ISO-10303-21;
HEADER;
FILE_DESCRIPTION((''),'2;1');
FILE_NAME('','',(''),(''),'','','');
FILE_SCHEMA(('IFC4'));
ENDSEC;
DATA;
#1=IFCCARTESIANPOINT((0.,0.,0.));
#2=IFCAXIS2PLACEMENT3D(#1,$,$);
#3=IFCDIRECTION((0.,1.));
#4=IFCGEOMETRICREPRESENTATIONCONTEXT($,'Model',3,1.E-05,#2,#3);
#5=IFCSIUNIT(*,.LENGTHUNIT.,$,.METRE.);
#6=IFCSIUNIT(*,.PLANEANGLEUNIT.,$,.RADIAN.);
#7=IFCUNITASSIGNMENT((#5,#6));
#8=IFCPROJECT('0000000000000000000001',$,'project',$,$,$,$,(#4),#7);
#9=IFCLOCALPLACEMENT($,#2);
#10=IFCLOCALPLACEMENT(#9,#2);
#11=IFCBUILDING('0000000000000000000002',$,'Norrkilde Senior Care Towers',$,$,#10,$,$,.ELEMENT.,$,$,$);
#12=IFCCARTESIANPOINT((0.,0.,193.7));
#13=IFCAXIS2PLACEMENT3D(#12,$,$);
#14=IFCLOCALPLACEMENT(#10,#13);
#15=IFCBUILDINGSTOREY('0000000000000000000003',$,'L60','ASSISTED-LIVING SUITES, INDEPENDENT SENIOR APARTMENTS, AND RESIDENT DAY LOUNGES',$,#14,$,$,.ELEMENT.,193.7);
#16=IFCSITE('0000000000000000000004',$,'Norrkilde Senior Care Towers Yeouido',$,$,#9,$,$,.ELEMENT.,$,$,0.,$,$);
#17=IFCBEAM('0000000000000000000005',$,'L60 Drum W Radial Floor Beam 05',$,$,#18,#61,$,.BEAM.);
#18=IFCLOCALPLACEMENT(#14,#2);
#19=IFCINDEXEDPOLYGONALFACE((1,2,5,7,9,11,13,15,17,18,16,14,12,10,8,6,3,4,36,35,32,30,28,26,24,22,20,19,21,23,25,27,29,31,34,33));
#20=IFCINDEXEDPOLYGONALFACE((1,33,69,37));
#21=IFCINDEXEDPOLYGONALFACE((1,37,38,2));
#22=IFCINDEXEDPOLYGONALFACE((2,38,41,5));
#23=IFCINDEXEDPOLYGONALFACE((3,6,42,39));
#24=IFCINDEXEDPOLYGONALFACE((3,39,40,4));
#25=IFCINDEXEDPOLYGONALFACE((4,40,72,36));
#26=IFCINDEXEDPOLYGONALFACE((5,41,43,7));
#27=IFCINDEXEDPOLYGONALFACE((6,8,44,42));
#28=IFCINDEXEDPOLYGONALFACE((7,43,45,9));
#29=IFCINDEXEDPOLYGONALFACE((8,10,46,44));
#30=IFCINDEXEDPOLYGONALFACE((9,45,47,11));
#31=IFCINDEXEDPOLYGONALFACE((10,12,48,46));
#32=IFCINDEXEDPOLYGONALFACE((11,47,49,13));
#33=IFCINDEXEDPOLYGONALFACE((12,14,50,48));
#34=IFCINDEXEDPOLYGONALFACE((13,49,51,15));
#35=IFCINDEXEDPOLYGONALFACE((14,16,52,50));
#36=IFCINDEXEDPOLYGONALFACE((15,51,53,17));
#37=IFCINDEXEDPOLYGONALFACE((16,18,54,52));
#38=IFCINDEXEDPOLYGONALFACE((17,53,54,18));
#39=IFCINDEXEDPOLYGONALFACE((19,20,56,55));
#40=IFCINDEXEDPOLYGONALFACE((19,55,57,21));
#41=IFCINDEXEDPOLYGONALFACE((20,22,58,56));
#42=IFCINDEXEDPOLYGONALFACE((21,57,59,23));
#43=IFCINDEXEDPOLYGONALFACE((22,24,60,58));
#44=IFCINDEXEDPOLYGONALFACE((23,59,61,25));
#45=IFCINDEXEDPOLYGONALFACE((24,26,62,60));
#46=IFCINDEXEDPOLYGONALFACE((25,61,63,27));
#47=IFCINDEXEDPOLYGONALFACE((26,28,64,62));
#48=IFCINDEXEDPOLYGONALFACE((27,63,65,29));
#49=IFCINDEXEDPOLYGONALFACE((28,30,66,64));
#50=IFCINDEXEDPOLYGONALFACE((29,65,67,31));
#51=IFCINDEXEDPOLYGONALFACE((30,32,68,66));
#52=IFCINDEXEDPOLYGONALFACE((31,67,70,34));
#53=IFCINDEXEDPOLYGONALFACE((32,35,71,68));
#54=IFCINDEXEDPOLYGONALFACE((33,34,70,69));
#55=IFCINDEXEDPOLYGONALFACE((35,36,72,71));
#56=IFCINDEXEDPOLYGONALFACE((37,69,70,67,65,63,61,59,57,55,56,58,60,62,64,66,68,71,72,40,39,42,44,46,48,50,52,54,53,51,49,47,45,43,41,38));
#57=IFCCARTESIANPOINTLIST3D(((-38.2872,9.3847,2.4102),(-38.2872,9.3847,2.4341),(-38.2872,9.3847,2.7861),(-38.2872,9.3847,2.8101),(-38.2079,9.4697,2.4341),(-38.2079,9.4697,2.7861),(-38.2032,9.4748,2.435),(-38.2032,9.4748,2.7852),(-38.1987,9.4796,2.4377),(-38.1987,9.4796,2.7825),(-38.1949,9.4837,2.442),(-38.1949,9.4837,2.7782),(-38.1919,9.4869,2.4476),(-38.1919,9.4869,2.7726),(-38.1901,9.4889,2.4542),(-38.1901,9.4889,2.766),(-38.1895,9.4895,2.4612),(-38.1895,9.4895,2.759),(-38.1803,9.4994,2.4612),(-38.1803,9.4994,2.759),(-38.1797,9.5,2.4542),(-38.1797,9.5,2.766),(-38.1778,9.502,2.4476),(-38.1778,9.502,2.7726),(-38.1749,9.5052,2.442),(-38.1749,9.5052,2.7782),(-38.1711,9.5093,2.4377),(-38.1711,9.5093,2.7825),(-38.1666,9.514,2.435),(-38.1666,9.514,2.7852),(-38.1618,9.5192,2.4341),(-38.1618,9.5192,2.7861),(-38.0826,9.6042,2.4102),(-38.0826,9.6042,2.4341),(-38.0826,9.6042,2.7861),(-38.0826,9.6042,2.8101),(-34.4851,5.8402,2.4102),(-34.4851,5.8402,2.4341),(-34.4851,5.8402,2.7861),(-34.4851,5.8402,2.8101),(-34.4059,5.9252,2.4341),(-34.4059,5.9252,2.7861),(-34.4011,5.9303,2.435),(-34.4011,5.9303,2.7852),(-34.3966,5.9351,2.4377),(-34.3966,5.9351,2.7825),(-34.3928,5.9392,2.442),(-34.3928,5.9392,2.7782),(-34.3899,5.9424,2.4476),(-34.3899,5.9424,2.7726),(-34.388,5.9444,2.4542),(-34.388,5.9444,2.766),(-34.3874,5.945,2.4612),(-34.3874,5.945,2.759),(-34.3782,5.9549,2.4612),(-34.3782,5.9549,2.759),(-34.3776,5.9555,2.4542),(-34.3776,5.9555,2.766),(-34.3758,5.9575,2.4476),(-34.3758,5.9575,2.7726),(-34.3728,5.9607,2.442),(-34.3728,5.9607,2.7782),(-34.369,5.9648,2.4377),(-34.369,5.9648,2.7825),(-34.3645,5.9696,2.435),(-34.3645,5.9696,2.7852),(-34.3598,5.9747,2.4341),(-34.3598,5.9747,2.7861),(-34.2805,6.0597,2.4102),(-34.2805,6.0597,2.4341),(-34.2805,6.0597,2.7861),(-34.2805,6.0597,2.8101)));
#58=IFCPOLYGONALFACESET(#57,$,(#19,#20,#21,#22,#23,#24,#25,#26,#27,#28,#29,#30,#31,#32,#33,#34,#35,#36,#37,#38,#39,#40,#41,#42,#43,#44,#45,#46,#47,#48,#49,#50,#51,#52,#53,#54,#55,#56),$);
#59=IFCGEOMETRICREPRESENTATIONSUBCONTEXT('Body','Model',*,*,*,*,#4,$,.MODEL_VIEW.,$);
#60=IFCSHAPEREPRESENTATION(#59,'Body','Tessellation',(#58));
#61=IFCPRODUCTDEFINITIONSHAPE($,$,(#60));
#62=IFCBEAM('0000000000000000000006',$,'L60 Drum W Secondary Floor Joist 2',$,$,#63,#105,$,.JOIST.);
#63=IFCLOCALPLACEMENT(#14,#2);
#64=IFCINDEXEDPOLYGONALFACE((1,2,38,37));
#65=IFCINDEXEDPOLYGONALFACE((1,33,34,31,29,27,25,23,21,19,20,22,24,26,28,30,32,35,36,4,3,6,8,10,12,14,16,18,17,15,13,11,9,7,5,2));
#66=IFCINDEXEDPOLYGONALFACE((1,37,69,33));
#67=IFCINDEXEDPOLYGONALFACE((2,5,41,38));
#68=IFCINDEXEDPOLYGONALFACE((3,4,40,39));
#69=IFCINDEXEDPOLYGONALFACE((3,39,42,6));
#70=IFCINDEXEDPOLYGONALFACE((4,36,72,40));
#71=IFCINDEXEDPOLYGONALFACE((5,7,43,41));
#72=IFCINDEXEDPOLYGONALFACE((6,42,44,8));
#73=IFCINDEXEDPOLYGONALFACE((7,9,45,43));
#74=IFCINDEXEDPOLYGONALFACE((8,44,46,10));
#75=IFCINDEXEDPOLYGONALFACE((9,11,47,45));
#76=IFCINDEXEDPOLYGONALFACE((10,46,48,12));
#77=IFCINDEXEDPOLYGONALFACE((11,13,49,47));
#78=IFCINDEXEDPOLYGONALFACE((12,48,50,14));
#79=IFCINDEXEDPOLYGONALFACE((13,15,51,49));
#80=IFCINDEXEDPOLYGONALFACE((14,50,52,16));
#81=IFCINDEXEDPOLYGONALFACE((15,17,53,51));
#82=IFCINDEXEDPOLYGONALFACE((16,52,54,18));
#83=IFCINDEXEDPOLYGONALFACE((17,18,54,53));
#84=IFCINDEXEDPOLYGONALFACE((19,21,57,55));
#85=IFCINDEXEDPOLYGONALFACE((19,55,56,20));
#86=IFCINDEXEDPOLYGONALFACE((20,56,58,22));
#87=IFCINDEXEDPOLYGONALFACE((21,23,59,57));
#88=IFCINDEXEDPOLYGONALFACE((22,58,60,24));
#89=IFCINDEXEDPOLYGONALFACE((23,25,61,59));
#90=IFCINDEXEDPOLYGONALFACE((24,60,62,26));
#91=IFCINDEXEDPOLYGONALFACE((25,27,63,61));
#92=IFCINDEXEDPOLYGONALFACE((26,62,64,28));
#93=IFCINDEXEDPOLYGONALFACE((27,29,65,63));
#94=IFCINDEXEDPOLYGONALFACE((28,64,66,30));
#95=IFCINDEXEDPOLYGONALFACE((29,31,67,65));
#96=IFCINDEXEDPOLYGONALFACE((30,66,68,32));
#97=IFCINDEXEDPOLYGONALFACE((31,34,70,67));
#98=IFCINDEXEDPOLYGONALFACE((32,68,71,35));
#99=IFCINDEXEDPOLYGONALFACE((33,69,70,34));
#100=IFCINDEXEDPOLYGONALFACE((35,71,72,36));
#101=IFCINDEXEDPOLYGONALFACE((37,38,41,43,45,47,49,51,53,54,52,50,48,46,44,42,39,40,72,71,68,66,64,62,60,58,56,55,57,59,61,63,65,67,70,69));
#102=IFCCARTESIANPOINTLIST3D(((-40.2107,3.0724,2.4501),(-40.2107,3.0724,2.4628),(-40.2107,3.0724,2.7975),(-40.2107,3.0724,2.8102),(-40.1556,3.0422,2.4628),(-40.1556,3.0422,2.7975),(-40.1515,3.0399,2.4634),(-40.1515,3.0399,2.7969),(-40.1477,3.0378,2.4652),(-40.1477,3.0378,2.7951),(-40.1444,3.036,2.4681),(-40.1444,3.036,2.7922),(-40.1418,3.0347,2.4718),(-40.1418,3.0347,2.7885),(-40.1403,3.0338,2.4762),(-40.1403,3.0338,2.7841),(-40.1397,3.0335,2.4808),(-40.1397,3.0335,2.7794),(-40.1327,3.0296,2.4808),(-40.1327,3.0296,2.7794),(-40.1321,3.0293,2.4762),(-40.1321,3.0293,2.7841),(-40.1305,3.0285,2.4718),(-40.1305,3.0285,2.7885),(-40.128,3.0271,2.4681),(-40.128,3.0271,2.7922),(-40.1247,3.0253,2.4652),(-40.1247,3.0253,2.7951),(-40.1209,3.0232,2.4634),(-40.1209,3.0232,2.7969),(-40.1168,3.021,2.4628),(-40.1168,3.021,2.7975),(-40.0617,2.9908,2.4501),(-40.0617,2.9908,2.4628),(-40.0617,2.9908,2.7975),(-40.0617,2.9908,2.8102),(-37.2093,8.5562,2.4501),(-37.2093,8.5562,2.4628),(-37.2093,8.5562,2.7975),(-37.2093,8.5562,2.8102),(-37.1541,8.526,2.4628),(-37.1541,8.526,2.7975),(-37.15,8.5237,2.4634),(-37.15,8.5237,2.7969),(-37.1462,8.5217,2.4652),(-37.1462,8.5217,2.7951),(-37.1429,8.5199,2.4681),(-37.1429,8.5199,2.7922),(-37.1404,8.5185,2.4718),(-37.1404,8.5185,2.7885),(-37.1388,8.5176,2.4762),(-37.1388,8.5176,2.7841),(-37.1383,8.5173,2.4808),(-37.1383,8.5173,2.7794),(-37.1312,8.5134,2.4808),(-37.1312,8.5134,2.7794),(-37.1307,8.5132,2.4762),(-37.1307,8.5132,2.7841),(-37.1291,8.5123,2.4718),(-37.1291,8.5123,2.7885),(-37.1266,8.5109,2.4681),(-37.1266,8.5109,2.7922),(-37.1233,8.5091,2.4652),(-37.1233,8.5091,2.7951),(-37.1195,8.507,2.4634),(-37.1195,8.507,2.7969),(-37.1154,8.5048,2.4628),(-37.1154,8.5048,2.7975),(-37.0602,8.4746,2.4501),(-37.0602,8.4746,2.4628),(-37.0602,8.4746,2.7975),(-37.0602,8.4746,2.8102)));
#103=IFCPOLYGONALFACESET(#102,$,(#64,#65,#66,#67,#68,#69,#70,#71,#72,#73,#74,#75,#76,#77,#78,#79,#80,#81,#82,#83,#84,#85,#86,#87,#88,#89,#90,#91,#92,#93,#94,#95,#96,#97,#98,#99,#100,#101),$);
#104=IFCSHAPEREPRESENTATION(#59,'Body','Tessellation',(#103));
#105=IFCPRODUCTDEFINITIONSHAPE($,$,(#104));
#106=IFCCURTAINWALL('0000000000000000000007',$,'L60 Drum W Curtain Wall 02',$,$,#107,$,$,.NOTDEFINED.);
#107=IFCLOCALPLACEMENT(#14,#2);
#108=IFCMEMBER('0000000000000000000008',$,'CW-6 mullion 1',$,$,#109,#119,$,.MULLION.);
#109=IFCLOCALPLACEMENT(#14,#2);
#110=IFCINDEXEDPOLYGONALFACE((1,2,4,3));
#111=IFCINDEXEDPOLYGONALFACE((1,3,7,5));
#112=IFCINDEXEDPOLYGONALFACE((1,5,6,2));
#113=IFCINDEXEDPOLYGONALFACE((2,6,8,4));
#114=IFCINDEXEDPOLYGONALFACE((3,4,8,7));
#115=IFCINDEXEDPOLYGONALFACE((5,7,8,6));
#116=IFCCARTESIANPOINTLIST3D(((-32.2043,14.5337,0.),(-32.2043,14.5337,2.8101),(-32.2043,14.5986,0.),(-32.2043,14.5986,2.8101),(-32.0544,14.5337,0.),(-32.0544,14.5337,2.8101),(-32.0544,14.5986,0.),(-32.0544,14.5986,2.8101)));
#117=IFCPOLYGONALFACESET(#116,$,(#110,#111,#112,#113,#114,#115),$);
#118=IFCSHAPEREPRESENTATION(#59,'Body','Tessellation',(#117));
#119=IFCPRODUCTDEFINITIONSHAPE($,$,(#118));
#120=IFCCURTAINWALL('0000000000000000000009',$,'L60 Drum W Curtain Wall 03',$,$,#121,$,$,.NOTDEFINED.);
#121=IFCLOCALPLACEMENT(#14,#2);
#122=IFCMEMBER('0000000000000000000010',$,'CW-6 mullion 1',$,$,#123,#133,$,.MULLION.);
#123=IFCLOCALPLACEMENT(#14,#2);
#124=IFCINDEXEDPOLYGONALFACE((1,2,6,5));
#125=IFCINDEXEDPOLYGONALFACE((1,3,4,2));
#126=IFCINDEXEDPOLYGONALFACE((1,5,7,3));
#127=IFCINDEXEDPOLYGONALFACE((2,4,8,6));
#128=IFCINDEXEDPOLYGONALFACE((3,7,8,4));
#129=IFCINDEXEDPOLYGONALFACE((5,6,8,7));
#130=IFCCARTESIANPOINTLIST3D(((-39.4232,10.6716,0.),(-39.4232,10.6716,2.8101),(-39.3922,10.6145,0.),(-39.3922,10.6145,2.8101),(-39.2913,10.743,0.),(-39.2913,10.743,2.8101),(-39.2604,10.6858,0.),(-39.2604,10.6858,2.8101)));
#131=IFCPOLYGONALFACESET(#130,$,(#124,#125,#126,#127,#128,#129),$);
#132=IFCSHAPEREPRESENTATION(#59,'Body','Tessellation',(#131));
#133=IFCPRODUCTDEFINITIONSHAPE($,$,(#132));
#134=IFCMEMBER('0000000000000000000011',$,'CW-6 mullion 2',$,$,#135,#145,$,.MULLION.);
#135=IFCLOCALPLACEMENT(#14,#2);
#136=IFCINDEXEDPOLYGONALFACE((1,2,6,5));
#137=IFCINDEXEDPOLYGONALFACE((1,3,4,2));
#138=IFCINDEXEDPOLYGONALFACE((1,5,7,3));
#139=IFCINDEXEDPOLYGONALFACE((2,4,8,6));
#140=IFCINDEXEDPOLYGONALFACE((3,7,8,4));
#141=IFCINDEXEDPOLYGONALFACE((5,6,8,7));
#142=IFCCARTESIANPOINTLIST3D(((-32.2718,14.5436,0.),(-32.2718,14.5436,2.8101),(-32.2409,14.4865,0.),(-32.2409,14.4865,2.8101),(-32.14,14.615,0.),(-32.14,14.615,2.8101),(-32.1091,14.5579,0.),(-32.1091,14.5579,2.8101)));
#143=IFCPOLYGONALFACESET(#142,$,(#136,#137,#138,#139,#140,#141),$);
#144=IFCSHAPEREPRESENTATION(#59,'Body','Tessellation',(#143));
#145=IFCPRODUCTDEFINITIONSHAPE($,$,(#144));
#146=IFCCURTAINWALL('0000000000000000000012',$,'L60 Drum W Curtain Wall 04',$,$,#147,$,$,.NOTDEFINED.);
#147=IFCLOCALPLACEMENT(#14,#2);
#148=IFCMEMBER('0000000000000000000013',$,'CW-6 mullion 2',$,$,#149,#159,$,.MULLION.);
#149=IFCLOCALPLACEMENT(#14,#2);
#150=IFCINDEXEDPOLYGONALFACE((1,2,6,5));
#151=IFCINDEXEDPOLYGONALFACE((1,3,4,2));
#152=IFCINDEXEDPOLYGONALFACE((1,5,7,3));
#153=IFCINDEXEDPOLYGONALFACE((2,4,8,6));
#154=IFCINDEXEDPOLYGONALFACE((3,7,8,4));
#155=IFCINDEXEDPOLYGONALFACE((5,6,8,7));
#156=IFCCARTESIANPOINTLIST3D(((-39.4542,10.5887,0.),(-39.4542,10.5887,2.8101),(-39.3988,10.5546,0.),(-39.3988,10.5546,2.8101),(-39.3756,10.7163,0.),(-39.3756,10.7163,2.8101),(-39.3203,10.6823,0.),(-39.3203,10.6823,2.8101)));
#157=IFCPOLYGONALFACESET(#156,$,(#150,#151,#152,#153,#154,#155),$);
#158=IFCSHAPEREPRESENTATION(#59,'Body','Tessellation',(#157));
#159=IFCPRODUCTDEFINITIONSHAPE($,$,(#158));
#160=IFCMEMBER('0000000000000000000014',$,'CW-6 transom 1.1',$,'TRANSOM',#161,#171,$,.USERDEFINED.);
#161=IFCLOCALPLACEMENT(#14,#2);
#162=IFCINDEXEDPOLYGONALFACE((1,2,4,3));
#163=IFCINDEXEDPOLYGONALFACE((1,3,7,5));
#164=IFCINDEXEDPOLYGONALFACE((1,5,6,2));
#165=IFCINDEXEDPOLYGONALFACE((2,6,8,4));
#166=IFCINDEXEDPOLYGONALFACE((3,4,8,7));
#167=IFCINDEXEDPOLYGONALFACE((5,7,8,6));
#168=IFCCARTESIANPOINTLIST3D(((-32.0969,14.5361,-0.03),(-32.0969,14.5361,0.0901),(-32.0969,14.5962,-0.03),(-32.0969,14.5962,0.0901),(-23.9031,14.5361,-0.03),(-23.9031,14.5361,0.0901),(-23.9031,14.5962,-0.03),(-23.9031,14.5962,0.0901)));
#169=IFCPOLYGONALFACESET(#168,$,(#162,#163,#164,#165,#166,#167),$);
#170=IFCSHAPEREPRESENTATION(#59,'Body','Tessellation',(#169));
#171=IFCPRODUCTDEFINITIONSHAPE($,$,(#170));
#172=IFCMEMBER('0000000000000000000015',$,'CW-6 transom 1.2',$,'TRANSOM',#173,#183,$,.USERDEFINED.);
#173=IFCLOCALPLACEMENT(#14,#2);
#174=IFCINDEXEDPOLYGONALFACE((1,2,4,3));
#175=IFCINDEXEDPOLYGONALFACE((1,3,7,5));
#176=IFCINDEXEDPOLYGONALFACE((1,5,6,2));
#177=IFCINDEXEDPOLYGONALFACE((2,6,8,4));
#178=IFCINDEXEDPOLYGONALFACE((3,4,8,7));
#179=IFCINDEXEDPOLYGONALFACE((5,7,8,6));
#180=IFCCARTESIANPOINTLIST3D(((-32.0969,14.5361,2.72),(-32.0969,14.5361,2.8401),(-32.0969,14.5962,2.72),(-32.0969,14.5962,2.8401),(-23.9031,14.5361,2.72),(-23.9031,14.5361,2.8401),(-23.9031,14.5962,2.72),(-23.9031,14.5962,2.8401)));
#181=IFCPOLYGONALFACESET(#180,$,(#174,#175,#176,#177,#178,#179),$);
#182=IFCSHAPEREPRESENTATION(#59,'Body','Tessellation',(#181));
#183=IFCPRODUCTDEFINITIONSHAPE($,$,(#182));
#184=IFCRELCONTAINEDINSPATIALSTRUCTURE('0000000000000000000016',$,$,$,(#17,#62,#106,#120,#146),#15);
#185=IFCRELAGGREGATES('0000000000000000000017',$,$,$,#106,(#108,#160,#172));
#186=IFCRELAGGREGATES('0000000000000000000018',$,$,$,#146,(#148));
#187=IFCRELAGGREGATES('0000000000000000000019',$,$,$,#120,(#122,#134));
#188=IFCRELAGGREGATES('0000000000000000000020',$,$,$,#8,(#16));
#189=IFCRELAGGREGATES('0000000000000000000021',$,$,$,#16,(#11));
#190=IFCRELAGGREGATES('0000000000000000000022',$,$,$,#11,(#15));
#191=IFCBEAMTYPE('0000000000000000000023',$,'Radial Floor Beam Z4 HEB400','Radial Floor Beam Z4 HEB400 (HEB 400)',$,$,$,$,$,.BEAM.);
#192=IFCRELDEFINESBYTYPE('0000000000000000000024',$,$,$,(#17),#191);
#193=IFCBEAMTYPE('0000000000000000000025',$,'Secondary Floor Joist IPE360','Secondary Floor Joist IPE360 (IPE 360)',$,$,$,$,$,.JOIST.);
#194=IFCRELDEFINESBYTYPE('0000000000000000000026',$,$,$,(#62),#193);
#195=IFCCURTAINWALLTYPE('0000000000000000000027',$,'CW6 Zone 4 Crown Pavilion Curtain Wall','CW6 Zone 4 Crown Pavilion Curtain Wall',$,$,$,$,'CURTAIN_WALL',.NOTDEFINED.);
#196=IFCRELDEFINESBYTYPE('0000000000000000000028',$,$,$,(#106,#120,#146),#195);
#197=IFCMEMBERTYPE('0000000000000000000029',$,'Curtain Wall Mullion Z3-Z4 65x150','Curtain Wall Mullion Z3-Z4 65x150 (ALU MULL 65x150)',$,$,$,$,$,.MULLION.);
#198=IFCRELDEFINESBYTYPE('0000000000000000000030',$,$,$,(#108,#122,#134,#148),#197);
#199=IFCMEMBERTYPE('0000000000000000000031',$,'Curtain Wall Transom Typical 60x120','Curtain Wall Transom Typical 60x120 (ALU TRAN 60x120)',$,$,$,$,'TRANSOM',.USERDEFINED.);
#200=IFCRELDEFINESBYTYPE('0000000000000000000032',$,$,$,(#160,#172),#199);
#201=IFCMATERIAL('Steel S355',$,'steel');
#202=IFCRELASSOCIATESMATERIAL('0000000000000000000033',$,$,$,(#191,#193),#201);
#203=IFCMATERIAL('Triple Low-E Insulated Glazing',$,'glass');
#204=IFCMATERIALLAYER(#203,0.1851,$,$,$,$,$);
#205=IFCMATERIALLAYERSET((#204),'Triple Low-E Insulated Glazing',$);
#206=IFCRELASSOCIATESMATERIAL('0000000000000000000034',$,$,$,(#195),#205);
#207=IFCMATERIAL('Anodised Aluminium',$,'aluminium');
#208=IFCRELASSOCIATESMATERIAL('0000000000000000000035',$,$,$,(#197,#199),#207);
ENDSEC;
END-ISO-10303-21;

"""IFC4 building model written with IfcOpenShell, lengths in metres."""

from ifc_helpers import new_model, si_unit, direction, frame, origin, origin_2d, place, context, subcontext, project, spatial, rectangle, i_section, extrude, source, transform, mapped, material, layer, layer_set, material_profile, profile_set, type_object, type_shapes, element, aggregate, save


model = new_model("IFC4")

# Units and contexts
model_context = context("Model", 3, precision=1e-05, world=origin(), true_north=direction((0.0, 1.0)))
body_context = subcontext(model_context, "Body", "Model", "MODEL_VIEW")
ifc_project = project(units=[si_unit("LENGTHUNIT", "METRE"), si_unit("PLANEANGLEUNIT", "RADIAN")], contexts=[model_context])

# Site, building, storey
site_placement = place(None, origin())
site = spatial("IfcSite", under=ifc_project, at=site_placement, Name="Norrkilde Senior Care Towers Yeouido", CompositionType="ELEMENT", RefElevation=0.0)
building_placement = place(site_placement, origin())
building = spatial("IfcBuilding", under=site, at=building_placement, Name="Norrkilde Senior Care Towers", CompositionType="ELEMENT")
storey_placement = place(building_placement, frame((0.0, 0.0, 193.7)))
storey = spatial("IfcBuildingStorey", under=building, at=storey_placement, Name="L60", Description="ASSISTED-LIVING SUITES, INDEPENDENT SENIOR APARTMENTS, AND RESIDENT DAY LOUNGES", CompositionType="ELEMENT", Elevation=193.7)

# Beams
ifc_material_1 = material(Name="Steel S355", Category="steel")
ifc_material_profile_1 = material_profile(ifc_material_1, i_section(OverallWidth=0.3, OverallDepth=0.3999, WebThickness=0.0134, FlangeThickness=0.0239, FilletRadius=0.0271, at=origin_2d()), Name="HEB 400")
ifc_profile_set_1 = profile_set([ifc_material_profile_1], Name="Steel S355")
beam_type_1 = type_object("IfcBeamType", Name="Radial Floor Beam Z4 HEB400", Description="Radial Floor Beam Z4 HEB400 (HEB 400)", PredefinedType="BEAM", material=ifc_profile_set_1)
shared_shape_1 = source(origin(), body_context, "Body", "SweptSolid", [
    extrude(i_section(OverallWidth=0.3, OverallDepth=0.3999, WebThickness=0.0134, FlangeThickness=0.0239, FilletRadius=0.0271, at=origin_2d()), origin(), (0.0, 0.0, 1.0), 5.198),
])
type_shapes(beam_type_1, [shared_shape_1])
beam_1_placement = place(storey_placement, frame((-34.3828, 5.95, 2.6101), z_axis=(-0.731449, 0.681896, 0.0), x_axis=(-0.681896, -0.731449, 0.0)))
element("IfcBeam", 1, at=beam_1_placement, inside=storey, type_object=beam_type_1, Name="L60 Drum W Radial Floor Beam 05", PredefinedType="BEAM", context=body_context, shape_type="MappedRepresentation", body=[
    mapped(shared_shape_1, transform((0.0, 0.0, 0.0), x_axis=(1.0, 0.0, 0.0), y_axis=(0.0, 1.0, 0.0), z_axis=(0.0, 0.0, 1.0), scale=1.0)),
])
ifc_material_profile_2 = material_profile(ifc_material_1, i_section(OverallWidth=0.1699, OverallDepth=0.3601, WebThickness=0.0081, FlangeThickness=0.0127, FilletRadius=0.0181, at=origin_2d()), Name="IPE 360")
ifc_profile_set_2 = profile_set([ifc_material_profile_2], Name="Steel S355")
beam_type_2 = type_object("IfcBeamType", Name="Secondary Floor Joist IPE360", Description="Secondary Floor Joist IPE360 (IPE 360)", PredefinedType="JOIST", material=ifc_profile_set_2)
shared_shape_2 = source(origin(), body_context, "Body", "SweptSolid", [
    extrude(i_section(OverallWidth=0.1699, OverallDepth=0.3601, WebThickness=0.0081, FlangeThickness=0.0127, FilletRadius=0.0181, at=origin_2d()), origin(), (0.0, 0.0, 1.0), 6.2515),
])
type_shapes(beam_type_2, [shared_shape_2])
beam_2_placement = place(storey_placement, frame((-37.1348, 8.5154, 2.6301), z_axis=(-0.480116, -0.877205, 0.0), x_axis=(0.877205, -0.480116, 0.0)))
element("IfcBeam", 2, at=beam_2_placement, inside=storey, type_object=beam_type_2, Name="L60 Drum W Secondary Floor Joist 2", PredefinedType="JOIST", context=body_context, shape_type="MappedRepresentation", body=[
    mapped(shared_shape_2, transform((0.0, 0.0, 0.0), x_axis=(1.0, 0.0, 0.0), y_axis=(0.0, 1.0, 0.0), z_axis=(0.0, 0.0, 1.0), scale=1.0)),
])

# Curtain wall, member
ifc_material_2 = material(Name="Triple Low-E Insulated Glazing", Category="glass")
ifc_layer_1 = layer(ifc_material_2, 0.1851)
ifc_layer_set_1 = layer_set([ifc_layer_1], Name="Triple Low-E Insulated Glazing")
curtain_wall_type = type_object("IfcCurtainWallType", Name="CW6 Zone 4 Crown Pavilion Curtain Wall", Description="CW6 Zone 4 Crown Pavilion Curtain Wall", ElementType="CURTAIN_WALL", PredefinedType="NOTDEFINED", material=ifc_layer_set_1)
curtain_wall_1_placement = place(storey_placement, origin())
curtain_wall_1 = element("IfcCurtainWall", 3, at=curtain_wall_1_placement, inside=storey, type_object=curtain_wall_type, Name="L60 Drum W Curtain Wall 02", PredefinedType="NOTDEFINED")
ifc_material_3 = material(Name="Anodised Aluminium", Category="aluminium")
ifc_material_profile_3 = material_profile(ifc_material_3, rectangle(XDim=0.0649, YDim=0.1499, at=origin_2d()), Name="ALU MULL 65x150")
ifc_profile_set_3 = profile_set([ifc_material_profile_3], Name="Anodised Aluminium")
member_type_1 = type_object("IfcMemberType", Name="Curtain Wall Mullion Z3-Z4 65x150", Description="Curtain Wall Mullion Z3-Z4 65x150 (ALU MULL 65x150)", PredefinedType="MULLION", material=ifc_profile_set_3)
shared_shape_3 = source(origin(), body_context, "Body", "SweptSolid", [
    extrude(rectangle(XDim=0.0649, YDim=0.1499, at=origin_2d()), origin(), (0.0, 0.0, 1.0), 2.8101),
])
type_shapes(member_type_1, [shared_shape_3])
member_1_placement = place(storey_placement, frame((-32.1294, 14.5662, 0.0), z_axis=(0.0, 0.0, 1.0), x_axis=(0.0, 1.0, 0.0)))
member_1 = element("IfcMember", 4, at=member_1_placement, type_object=member_type_1, Name="CW-6 mullion 1", PredefinedType="MULLION", context=body_context, shape_type="MappedRepresentation", body=[
    mapped(shared_shape_3, transform((0.0, 0.0, 0.0), x_axis=(1.0, 0.0, 0.0), y_axis=(0.0, 1.0, 0.0), z_axis=(0.0, 0.0, 1.0), scale=1.0)),
])

# Curtain wall, members
curtain_wall_2_placement = place(storey_placement, origin())
curtain_wall_2 = element("IfcCurtainWall", 5, at=curtain_wall_2_placement, inside=storey, type_object=curtain_wall_type, Name="L60 Drum W Curtain Wall 03", PredefinedType="NOTDEFINED")
member_2_placement = place(storey_placement, frame((-39.3418, 10.6787, 0.0), z_axis=(0.0, 0.0, 1.0), x_axis=(-0.476133, 0.879373, 0.0)))
member_2 = element("IfcMember", 6, at=member_2_placement, type_object=member_type_1, Name="CW-6 mullion 1", PredefinedType="MULLION", context=body_context, shape_type="MappedRepresentation", body=[
    mapped(shared_shape_3, transform((0.0, 0.0, 0.0), x_axis=(1.0, 0.0, 0.0), y_axis=(0.0, 1.0, 0.0), z_axis=(0.0, 0.0, 1.0), scale=1.0)),
])
member_3_placement = place(storey_placement, frame((-32.1904, 14.5508, 0.0), z_axis=(0.0, 0.0, 1.0), x_axis=(-0.476133, 0.879373, 0.0)))
member_3 = element("IfcMember", 7, at=member_3_placement, type_object=member_type_1, Name="CW-6 mullion 2", PredefinedType="MULLION", context=body_context, shape_type="MappedRepresentation", body=[
    mapped(shared_shape_3, transform((0.0, 0.0, 0.0), x_axis=(1.0, 0.0, 0.0), y_axis=(0.0, 1.0, 0.0), z_axis=(0.0, 0.0, 1.0), scale=1.0)),
])

# Curtain wall, member
curtain_wall_3_placement = place(storey_placement, origin())
curtain_wall_3 = element("IfcCurtainWall", 8, at=curtain_wall_3_placement, inside=storey, type_object=curtain_wall_type, Name="L60 Drum W Curtain Wall 04", PredefinedType="NOTDEFINED")
member_4_placement = place(storey_placement, frame((-39.3872, 10.6355, 0.0), z_axis=(0.0, 0.0, 1.0), x_axis=(-0.851563, 0.524253, 0.0)))
member_4 = element("IfcMember", 9, at=member_4_placement, type_object=member_type_1, Name="CW-6 mullion 2", PredefinedType="MULLION", context=body_context, shape_type="MappedRepresentation", body=[
    mapped(shared_shape_3, transform((0.0, 0.0, 0.0), x_axis=(1.0, 0.0, 0.0), y_axis=(0.0, 1.0, 0.0), z_axis=(0.0, 0.0, 1.0), scale=1.0)),
])

# Members
ifc_material_profile_4 = material_profile(ifc_material_3, rectangle(XDim=0.0601, YDim=0.1201, at=origin_2d()), Name="ALU TRAN 60x120")
ifc_profile_set_4 = profile_set([ifc_material_profile_4], Name="Anodised Aluminium")
member_type_2 = type_object("IfcMemberType", Name="Curtain Wall Transom Typical 60x120", Description="Curtain Wall Transom Typical 60x120 (ALU TRAN 60x120)", ElementType="TRANSOM", PredefinedType="USERDEFINED", material=ifc_profile_set_4)
shared_shape_4 = source(origin(), body_context, "Body", "SweptSolid", [
    extrude(rectangle(XDim=0.0601, YDim=0.1201, at=origin_2d()), origin(), (0.0, 0.0, 1.0), 8.1938),
])
member_5_placement = place(storey_placement, frame((-32.0969, 14.5662, 0.03), z_axis=(1.0, 0.0, 0.0), x_axis=(0.0, 1.0, 0.0)))
member_5 = element("IfcMember", 10, at=member_5_placement, type_object=member_type_2, Name="CW-6 transom 1.1", ObjectType="TRANSOM", PredefinedType="USERDEFINED", context=body_context, shape_type="MappedRepresentation", body=[
    mapped(shared_shape_4, transform((0.0, 0.0, 0.0), x_axis=(1.0, 0.0, 0.0), y_axis=(0.0, 1.0, 0.0), z_axis=(0.0, 0.0, 1.0), scale=1.0)),
])
member_6_placement = place(storey_placement, frame((-32.0969, 14.5662, 2.78), z_axis=(1.0, 0.0, 0.0), x_axis=(0.0, 1.0, 0.0)))
member_6 = element("IfcMember", 11, at=member_6_placement, type_object=member_type_2, Name="CW-6 transom 1.2", ObjectType="TRANSOM", PredefinedType="USERDEFINED", context=body_context, shape_type="MappedRepresentation", body=[
    mapped(shared_shape_4, transform((0.0, 0.0, 0.0), x_axis=(1.0, 0.0, 0.0), y_axis=(0.0, 1.0, 0.0), z_axis=(0.0, 0.0, 1.0), scale=1.0)),
])
aggregate(curtain_wall_1, [member_1, member_5, member_6])

aggregate(curtain_wall_3, [member_4])
aggregate(curtain_wall_2, [member_2, member_3])

save(model, "model.ifc")
